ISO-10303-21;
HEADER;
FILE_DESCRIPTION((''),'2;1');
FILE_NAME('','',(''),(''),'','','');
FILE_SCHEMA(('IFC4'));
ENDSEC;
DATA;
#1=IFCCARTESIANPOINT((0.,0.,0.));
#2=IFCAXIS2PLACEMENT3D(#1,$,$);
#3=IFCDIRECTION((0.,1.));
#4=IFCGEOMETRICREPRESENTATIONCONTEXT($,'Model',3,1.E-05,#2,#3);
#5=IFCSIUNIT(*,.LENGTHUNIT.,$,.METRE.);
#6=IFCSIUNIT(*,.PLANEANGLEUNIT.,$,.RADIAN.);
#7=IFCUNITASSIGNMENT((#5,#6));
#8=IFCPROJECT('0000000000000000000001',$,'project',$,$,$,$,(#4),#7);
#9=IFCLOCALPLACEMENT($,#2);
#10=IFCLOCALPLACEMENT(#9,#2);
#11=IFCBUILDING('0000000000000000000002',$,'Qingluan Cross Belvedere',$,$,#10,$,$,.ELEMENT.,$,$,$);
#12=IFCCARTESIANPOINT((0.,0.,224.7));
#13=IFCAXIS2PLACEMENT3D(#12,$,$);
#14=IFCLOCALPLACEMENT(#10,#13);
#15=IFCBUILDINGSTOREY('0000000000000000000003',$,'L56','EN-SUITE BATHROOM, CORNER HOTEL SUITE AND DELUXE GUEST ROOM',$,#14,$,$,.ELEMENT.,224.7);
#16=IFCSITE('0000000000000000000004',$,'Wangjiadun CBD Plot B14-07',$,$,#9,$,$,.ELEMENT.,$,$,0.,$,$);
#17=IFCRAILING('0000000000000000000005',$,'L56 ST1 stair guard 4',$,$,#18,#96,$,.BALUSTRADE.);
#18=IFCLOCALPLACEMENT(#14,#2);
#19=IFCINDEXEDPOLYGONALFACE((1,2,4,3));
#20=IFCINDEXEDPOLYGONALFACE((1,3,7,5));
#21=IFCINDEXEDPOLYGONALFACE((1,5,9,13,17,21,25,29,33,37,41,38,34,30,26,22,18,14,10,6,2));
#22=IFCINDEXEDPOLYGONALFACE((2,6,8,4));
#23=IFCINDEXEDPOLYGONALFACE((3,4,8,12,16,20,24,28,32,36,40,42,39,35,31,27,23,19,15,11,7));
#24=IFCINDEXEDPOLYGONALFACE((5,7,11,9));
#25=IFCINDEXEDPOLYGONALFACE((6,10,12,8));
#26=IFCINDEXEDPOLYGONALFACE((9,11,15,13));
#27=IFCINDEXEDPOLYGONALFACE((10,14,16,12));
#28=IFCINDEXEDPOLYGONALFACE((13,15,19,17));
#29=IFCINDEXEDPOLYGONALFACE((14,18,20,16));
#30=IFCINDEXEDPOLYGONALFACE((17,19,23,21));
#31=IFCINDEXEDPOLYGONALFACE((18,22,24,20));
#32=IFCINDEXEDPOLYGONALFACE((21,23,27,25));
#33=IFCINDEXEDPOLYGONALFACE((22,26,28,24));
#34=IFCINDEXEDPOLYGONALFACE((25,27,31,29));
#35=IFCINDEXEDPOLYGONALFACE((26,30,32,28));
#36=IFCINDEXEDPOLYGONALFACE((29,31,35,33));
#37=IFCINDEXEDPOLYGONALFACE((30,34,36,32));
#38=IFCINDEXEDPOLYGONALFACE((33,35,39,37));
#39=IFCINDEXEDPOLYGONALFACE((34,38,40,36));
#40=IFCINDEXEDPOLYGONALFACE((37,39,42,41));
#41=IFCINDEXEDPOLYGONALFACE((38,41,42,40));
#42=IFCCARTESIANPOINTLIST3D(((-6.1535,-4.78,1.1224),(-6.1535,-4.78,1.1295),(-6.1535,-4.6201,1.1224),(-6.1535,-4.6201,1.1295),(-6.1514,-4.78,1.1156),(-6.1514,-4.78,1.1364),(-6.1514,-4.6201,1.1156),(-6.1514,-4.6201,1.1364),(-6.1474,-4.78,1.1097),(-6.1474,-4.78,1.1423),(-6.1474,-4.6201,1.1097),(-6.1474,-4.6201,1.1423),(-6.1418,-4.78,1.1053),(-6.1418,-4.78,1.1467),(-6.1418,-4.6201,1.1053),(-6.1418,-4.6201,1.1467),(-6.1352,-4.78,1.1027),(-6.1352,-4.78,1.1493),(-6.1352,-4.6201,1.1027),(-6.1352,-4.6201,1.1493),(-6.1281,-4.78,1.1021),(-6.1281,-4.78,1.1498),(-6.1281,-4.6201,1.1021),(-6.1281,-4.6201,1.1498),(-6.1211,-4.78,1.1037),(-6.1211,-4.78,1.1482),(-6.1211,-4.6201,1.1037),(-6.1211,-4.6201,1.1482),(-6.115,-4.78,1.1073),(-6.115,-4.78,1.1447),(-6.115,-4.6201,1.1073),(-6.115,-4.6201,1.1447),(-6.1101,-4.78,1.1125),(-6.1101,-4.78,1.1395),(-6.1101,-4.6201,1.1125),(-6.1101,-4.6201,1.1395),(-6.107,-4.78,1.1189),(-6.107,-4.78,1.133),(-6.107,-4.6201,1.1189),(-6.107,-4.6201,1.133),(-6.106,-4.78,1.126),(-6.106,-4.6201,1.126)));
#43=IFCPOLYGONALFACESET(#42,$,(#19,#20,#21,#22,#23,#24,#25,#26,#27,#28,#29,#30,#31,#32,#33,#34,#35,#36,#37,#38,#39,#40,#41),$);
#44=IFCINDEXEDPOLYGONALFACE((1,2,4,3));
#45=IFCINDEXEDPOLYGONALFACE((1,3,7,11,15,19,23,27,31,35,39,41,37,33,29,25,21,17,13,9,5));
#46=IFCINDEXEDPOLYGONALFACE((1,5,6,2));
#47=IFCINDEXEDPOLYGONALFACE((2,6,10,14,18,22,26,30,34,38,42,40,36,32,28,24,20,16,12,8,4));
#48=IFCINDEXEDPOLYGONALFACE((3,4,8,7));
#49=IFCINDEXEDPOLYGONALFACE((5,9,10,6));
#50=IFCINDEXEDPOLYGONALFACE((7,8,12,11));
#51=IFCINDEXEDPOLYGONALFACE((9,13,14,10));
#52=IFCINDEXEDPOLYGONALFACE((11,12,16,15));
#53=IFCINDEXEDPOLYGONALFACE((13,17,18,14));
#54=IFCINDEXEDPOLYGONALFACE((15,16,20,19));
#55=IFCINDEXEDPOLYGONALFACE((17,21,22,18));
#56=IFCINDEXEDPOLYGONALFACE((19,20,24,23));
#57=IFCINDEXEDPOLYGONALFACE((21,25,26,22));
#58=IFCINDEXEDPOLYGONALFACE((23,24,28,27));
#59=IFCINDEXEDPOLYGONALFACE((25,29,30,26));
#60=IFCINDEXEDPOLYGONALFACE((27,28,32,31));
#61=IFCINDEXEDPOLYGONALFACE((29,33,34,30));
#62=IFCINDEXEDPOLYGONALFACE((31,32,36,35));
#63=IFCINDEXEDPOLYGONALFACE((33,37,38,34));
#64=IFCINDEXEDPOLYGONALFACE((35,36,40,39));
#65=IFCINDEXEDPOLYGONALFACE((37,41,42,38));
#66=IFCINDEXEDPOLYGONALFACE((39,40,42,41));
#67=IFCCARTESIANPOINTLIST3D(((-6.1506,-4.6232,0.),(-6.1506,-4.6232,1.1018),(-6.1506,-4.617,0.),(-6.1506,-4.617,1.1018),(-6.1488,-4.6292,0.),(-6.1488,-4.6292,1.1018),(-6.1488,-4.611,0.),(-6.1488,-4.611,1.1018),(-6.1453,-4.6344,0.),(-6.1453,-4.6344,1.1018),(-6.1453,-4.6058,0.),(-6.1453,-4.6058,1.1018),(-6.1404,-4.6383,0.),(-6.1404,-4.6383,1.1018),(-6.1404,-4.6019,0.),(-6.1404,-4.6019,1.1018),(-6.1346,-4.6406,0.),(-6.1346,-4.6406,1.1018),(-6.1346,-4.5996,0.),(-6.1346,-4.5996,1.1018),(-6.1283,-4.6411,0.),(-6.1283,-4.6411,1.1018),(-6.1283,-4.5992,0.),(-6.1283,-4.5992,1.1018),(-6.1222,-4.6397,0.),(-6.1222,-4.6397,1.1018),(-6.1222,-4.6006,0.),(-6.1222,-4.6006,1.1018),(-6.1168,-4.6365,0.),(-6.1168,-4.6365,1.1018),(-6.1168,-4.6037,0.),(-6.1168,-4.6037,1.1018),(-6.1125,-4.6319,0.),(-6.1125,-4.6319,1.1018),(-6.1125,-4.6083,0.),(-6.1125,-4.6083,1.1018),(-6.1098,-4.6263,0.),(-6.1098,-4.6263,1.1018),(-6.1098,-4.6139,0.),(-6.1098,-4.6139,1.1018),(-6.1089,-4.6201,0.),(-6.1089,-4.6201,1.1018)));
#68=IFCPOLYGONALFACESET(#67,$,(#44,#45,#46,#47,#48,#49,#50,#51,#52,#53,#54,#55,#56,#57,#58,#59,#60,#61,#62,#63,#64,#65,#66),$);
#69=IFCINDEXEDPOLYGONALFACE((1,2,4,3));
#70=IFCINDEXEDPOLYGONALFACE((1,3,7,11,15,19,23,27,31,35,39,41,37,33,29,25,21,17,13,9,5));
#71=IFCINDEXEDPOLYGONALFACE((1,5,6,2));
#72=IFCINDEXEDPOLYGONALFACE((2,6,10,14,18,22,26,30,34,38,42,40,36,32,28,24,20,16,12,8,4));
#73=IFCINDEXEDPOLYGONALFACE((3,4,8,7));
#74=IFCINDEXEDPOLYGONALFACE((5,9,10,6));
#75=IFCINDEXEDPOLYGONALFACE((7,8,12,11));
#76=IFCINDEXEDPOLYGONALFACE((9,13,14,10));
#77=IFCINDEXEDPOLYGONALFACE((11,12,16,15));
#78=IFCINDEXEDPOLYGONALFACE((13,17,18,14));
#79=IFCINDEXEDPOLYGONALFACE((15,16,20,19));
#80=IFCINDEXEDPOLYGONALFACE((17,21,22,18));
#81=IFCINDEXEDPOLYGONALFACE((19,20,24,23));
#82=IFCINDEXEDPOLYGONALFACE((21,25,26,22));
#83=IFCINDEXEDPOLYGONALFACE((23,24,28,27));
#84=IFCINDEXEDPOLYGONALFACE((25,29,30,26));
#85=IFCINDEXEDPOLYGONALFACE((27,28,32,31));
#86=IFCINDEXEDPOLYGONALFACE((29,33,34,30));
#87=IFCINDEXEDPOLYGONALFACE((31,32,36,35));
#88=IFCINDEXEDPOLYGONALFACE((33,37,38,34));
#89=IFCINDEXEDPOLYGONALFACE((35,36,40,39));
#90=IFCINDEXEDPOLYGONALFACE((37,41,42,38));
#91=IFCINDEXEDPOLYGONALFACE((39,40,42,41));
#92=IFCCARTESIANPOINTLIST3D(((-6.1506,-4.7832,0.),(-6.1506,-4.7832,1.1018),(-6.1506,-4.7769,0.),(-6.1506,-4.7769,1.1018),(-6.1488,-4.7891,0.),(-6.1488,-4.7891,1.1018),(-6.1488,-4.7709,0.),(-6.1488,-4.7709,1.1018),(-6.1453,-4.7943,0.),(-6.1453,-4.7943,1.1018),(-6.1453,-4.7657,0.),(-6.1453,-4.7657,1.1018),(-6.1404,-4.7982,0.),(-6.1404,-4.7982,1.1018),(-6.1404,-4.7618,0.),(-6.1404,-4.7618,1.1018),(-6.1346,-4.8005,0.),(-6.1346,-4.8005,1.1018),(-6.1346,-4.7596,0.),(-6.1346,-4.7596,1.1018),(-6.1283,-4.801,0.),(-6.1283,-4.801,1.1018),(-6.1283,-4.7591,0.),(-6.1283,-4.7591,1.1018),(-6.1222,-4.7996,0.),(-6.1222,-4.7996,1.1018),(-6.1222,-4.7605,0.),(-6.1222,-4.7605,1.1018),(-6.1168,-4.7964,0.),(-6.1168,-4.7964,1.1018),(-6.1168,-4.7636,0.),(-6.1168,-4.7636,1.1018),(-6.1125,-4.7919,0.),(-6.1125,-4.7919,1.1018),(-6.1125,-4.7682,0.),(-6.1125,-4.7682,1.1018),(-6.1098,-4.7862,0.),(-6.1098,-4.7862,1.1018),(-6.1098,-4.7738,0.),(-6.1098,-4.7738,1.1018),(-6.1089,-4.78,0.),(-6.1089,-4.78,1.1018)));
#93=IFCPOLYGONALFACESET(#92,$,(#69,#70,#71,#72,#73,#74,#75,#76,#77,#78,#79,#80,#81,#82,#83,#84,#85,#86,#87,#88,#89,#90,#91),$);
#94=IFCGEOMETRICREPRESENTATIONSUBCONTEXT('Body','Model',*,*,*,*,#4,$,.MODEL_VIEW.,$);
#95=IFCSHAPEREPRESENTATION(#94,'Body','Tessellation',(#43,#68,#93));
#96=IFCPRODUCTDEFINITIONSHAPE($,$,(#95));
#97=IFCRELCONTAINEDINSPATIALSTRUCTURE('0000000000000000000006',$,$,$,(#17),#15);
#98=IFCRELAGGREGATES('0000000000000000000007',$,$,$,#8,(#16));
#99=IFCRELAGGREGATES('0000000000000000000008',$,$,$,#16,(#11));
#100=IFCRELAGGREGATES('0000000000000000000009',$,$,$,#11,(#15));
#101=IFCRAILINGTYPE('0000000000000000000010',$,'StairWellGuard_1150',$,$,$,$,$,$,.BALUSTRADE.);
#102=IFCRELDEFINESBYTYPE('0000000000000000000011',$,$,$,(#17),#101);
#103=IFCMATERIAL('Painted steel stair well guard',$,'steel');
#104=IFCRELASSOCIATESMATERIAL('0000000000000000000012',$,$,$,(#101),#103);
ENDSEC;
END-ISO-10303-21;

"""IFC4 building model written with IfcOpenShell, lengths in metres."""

from ifc_helpers import new_model, si_unit, direction, frame, origin, origin_2d, place, context, subcontext, project, spatial, circle, extrude, material, type_object, element, save


model = new_model("IFC4")

# Units and contexts
model_context = context("Model", 3, precision=1e-05, world=origin(), true_north=direction((0.0, 1.0)))
body_context = subcontext(model_context, "Body", "Model", "MODEL_VIEW")
ifc_project = project(units=[si_unit("LENGTHUNIT", "METRE"), si_unit("PLANEANGLEUNIT", "RADIAN")], contexts=[model_context])

# Site, building, storey
site_placement = place(None, origin())
site = spatial("IfcSite", under=ifc_project, at=site_placement, Name="Wangjiadun CBD Plot B14-07", CompositionType="ELEMENT", RefElevation=0.0)
building_placement = place(site_placement, origin())
building = spatial("IfcBuilding", under=site, at=building_placement, Name="Qingluan Cross Belvedere", CompositionType="ELEMENT")
storey_placement = place(building_placement, frame((0.0, 0.0, 224.7)))
storey = spatial("IfcBuildingStorey", under=building, at=storey_placement, Name="L56", Description="EN-SUITE BATHROOM, CORNER HOTEL SUITE AND DELUXE GUEST ROOM", CompositionType="ELEMENT", Elevation=224.7)

# Railing
ifc_material_1 = material(Name="Painted steel stair well guard", Category="steel")
railing_type_1 = type_object("IfcRailingType", Name="StairWellGuard_1150", PredefinedType="BALUSTRADE", material=ifc_material_1)
railing_1_placement = place(storey_placement, frame((-6.1299, -4.6201, 0.0)))
element("IfcRailing", 1, at=railing_1_placement, inside=storey, type_object=railing_type_1, Name="L56 ST1 stair guard 4", PredefinedType="BALUSTRADE", context=body_context, shape_type="SweptSolid", body=[
    extrude(circle(Radius=0.0239, at=origin_2d()), frame((0.0, 0.0, 1.126), z_axis=(0.0, -1.0, 0.0), x_axis=(1.0, 0.0, 0.0)), (0.0, 0.0, 1.0), 0.1599),
    extrude(circle(Radius=0.021, at=origin_2d()), origin(), (0.0, 0.0, 1.0), 1.1018),
    extrude(circle(Radius=0.021, at=origin_2d()), frame((0.0, -0.1599, 0.0)), (0.0, 0.0, 1.0), 1.1018),
])

save(model, "model.ifc")
